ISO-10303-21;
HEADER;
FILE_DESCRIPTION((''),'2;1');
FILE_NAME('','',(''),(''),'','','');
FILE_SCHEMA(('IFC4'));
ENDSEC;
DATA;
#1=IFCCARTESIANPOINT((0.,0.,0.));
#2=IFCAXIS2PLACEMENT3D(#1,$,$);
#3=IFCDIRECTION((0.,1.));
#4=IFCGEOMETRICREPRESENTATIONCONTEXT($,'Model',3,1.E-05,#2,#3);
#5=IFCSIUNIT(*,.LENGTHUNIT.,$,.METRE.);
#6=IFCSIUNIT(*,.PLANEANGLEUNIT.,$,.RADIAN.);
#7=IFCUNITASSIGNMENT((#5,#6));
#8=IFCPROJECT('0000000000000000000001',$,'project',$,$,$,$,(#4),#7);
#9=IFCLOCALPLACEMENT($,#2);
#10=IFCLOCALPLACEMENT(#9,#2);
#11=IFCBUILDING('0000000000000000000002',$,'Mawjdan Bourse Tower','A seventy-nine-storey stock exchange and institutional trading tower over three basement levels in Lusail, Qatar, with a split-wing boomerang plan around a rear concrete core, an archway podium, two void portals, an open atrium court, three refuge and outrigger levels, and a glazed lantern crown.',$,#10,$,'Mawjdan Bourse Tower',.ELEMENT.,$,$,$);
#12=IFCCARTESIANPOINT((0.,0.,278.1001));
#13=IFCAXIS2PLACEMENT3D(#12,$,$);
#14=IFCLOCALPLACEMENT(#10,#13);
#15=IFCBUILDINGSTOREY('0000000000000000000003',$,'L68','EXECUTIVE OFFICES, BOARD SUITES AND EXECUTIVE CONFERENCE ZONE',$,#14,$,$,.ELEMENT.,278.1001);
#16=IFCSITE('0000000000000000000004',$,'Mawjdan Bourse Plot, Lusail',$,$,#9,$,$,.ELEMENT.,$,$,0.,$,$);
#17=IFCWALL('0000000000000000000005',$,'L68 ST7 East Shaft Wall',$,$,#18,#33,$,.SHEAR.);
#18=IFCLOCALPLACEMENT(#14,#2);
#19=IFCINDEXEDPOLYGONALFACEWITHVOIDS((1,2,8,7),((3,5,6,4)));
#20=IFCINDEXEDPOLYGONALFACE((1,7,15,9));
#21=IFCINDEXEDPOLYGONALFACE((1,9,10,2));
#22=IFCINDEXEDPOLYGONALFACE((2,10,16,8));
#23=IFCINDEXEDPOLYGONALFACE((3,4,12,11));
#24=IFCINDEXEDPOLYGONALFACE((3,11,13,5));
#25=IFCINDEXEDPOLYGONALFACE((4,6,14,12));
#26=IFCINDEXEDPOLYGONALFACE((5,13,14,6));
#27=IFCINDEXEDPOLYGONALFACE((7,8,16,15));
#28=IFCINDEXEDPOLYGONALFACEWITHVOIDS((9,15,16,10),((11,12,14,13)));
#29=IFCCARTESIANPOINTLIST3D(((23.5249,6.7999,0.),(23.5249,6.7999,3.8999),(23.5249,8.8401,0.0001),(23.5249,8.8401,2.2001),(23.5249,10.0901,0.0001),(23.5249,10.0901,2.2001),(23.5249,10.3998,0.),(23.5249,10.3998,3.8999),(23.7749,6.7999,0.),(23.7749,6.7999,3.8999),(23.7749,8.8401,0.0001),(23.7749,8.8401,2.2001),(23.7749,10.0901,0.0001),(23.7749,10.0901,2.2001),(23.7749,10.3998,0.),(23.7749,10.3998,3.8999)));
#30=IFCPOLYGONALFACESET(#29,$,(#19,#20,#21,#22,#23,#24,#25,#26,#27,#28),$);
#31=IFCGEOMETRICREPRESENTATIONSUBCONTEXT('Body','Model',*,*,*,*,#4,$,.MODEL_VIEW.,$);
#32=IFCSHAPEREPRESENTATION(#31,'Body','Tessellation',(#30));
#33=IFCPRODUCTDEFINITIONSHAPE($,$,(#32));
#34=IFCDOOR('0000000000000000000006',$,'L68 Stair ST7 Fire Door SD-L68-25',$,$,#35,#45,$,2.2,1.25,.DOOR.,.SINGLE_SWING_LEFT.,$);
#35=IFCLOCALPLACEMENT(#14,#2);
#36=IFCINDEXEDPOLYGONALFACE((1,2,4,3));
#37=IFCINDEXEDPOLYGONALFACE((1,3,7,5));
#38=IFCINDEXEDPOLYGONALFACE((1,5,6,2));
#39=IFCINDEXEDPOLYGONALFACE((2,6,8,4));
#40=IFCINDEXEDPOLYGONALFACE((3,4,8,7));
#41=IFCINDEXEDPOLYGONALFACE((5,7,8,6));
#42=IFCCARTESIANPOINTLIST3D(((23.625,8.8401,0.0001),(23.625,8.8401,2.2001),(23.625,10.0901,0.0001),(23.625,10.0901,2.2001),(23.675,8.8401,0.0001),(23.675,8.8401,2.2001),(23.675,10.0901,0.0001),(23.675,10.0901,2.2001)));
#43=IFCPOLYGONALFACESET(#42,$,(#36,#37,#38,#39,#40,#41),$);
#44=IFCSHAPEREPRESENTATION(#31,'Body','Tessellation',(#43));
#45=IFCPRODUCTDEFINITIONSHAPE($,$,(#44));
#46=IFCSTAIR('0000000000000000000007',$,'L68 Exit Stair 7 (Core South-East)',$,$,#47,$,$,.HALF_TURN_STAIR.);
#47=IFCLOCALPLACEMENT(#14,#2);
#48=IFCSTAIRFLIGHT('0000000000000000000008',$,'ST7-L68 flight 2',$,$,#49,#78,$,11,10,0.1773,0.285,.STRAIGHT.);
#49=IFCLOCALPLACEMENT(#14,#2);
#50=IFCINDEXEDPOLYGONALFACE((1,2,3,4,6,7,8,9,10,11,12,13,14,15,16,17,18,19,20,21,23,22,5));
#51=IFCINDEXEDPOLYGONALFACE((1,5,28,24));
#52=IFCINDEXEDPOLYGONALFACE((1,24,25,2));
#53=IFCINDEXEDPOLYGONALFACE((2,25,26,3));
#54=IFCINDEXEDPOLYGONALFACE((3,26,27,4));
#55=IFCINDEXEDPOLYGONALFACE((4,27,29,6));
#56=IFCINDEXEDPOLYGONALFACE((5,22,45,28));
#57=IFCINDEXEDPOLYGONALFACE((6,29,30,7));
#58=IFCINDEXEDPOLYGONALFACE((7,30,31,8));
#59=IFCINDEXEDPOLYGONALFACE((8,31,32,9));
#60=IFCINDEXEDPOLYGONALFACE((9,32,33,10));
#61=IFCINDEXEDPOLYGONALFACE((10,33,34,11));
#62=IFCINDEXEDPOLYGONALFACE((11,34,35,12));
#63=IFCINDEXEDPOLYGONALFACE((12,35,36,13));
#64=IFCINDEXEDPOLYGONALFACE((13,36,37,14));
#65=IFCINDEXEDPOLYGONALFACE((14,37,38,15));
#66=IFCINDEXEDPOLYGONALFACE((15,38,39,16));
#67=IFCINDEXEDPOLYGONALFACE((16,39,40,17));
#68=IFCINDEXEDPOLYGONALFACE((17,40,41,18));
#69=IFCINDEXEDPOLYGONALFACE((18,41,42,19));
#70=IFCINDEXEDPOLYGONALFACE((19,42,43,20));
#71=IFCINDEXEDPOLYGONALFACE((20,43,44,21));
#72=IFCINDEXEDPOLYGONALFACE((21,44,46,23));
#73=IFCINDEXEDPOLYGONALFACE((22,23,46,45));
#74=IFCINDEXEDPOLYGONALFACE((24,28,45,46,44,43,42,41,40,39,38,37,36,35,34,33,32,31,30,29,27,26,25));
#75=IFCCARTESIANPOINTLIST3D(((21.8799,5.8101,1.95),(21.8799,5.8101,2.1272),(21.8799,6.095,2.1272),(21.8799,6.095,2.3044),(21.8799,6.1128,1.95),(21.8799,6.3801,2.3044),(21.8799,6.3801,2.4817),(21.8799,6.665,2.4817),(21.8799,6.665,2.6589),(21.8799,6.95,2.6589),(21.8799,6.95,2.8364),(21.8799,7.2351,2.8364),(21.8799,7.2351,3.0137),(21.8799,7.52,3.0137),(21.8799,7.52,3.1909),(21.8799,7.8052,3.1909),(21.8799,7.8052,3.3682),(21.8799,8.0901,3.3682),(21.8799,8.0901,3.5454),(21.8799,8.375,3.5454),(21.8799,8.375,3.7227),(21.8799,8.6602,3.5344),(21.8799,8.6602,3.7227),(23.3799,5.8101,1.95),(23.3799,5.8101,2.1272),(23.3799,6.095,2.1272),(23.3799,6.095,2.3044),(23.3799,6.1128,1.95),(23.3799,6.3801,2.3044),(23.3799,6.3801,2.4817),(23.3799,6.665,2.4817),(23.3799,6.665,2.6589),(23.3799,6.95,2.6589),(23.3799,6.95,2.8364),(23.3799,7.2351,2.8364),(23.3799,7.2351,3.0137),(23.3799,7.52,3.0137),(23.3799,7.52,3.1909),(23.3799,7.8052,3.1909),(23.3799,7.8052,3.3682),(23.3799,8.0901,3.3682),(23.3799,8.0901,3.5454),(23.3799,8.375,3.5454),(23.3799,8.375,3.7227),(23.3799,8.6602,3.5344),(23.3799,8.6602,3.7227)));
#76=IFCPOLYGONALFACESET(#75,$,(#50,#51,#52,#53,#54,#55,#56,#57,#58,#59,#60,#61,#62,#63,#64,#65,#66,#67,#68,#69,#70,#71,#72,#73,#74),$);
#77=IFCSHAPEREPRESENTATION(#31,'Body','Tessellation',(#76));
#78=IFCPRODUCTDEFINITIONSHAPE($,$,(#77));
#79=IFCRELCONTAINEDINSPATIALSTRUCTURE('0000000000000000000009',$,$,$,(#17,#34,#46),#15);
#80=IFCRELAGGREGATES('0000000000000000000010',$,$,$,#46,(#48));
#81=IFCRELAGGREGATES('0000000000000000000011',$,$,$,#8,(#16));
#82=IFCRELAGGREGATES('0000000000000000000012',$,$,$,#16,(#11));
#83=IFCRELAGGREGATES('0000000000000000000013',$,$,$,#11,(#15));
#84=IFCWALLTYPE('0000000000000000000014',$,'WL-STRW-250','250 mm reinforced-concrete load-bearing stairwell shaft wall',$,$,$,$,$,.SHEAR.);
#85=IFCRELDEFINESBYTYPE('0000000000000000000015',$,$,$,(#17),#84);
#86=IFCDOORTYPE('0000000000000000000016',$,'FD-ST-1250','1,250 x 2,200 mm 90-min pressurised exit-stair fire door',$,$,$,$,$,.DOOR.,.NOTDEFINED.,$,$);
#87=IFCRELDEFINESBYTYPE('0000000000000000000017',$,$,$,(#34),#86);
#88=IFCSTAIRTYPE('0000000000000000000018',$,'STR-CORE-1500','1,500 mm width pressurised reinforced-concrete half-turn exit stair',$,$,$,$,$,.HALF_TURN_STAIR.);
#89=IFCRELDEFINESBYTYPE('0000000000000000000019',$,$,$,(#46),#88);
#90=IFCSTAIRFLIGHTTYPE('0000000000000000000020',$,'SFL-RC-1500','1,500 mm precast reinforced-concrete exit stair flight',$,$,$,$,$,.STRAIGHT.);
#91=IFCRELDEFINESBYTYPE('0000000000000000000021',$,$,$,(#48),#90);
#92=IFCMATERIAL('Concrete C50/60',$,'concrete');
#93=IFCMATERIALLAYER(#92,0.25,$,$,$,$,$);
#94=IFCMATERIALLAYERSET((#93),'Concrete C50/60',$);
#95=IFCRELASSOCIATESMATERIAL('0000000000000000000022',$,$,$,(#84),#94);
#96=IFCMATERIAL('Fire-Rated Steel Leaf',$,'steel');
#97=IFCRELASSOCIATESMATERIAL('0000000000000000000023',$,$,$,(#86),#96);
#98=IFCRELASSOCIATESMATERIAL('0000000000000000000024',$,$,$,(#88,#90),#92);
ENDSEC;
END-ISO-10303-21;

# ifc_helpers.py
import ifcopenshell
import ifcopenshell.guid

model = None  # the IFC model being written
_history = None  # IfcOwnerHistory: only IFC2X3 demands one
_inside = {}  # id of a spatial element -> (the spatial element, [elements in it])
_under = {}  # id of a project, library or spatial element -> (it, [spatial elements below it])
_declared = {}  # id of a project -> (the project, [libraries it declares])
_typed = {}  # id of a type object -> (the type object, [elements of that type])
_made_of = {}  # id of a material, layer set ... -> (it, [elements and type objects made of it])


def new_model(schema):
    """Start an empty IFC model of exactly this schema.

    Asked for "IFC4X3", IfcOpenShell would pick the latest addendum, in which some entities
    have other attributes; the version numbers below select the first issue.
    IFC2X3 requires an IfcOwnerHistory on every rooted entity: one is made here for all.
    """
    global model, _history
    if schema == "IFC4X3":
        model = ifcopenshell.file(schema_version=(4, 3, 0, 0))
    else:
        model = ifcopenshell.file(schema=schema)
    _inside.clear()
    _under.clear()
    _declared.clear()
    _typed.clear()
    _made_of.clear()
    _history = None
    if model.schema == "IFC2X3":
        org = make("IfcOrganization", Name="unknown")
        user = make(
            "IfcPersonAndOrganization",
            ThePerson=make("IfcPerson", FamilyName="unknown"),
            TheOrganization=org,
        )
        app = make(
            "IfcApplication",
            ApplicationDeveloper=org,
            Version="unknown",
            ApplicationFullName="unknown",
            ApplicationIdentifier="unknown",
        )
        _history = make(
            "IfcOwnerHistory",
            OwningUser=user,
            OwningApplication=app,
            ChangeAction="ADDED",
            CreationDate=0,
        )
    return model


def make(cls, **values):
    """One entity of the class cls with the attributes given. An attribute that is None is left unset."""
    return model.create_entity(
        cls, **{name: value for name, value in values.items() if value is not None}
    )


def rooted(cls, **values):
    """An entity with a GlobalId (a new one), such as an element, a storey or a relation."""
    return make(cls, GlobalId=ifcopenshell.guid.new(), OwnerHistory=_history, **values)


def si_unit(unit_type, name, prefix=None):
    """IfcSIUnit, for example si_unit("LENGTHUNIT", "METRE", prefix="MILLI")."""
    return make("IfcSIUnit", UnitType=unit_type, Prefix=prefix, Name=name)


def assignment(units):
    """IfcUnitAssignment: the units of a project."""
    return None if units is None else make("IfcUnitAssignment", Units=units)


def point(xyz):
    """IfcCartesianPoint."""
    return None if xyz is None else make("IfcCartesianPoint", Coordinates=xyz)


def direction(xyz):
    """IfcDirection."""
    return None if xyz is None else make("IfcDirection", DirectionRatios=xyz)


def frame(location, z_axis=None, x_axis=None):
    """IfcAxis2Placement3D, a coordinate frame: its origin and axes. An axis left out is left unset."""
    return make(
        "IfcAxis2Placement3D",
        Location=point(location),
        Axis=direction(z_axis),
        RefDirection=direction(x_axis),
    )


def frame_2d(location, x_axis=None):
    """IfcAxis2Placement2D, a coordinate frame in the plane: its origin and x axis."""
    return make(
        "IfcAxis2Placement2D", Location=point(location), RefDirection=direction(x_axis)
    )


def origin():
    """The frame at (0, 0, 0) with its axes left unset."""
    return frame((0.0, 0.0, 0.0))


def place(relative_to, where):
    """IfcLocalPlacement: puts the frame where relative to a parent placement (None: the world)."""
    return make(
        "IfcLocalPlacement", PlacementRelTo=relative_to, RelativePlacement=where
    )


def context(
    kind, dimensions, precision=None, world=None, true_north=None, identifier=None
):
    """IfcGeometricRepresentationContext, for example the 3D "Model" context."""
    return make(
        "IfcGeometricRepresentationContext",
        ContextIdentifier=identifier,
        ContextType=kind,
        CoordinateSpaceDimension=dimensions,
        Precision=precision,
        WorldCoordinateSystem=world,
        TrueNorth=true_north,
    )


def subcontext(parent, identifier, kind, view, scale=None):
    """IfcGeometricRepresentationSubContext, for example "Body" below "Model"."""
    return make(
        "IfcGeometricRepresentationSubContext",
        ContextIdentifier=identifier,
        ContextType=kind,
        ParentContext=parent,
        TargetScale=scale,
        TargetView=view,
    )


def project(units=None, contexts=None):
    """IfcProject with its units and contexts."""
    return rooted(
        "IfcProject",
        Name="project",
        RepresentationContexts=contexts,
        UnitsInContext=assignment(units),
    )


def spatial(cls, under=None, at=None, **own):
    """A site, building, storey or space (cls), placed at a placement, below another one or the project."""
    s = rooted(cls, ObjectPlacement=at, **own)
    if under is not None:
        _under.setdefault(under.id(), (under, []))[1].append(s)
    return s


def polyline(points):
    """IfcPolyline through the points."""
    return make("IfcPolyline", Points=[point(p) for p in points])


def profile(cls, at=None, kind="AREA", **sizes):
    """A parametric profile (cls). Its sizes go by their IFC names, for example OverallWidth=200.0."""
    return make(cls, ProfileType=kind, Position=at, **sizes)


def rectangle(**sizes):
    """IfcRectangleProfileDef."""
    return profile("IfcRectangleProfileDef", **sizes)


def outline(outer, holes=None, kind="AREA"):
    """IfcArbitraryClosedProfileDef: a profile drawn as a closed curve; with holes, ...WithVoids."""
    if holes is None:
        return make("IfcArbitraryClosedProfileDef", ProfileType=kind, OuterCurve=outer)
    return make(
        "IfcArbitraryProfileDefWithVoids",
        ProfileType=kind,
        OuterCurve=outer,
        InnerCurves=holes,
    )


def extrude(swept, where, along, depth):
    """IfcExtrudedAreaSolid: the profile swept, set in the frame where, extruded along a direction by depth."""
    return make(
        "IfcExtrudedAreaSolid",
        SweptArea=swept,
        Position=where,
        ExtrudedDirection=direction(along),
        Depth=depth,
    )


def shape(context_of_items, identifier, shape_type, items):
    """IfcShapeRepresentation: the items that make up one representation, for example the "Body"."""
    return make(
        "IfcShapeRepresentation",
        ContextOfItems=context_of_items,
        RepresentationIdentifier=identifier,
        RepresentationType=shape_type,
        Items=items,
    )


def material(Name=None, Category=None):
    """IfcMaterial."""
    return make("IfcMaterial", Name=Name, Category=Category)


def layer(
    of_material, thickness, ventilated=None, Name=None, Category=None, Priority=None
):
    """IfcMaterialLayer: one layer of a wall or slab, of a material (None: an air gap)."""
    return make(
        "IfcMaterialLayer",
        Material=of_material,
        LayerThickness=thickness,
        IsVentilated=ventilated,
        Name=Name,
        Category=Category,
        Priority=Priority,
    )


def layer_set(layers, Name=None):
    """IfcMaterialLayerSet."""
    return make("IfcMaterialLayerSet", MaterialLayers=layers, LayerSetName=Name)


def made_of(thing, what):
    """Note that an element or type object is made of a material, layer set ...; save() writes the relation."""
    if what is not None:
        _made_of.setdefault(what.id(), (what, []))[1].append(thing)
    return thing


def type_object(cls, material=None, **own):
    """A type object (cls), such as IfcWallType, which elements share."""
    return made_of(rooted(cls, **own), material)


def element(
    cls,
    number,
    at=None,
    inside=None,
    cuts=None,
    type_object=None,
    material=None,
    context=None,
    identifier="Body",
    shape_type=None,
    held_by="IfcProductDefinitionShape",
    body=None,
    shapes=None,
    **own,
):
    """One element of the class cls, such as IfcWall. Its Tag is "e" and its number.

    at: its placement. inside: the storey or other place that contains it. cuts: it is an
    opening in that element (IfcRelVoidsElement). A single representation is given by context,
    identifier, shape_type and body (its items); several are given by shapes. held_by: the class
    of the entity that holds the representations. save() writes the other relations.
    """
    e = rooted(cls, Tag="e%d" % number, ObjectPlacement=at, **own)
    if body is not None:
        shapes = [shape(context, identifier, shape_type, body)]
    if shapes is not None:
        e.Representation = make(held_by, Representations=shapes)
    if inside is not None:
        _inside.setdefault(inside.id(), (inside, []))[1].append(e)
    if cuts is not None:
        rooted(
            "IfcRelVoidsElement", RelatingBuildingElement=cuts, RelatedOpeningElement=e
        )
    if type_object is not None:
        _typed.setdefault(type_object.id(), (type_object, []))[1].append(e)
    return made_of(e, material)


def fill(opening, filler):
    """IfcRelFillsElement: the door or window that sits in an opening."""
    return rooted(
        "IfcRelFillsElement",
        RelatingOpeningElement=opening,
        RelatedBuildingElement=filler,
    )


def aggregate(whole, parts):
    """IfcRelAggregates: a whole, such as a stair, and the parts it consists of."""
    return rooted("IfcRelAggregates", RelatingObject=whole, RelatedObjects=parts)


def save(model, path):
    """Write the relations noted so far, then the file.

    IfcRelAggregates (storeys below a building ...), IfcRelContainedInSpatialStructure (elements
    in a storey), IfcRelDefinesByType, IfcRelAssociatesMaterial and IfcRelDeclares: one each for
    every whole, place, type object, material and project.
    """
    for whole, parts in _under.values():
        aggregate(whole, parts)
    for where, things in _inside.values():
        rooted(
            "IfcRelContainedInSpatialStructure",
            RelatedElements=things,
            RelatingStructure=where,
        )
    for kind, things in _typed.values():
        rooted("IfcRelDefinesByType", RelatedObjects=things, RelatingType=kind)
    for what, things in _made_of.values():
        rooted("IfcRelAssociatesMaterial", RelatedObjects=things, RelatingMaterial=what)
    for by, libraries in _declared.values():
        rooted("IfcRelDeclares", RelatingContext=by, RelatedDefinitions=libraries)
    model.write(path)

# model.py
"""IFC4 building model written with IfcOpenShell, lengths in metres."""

from ifc_helpers import new_model, si_unit, direction, frame, frame_2d, origin, place, context, subcontext, project, spatial, polyline, rectangle, outline, extrude, material, layer, layer_set, type_object, element, fill, aggregate, save


model = new_model("IFC4")

# Units and contexts
model_context = context("Model", 3, precision=1e-05, world=origin(), true_north=direction((0.0, 1.0)))
body_context = subcontext(model_context, "Body", "Model", "MODEL_VIEW")
ifc_project = project(units=[si_unit("LENGTHUNIT", "METRE"), si_unit("PLANEANGLEUNIT", "RADIAN")], contexts=[model_context])

# Site, building, storey
site_placement = place(None, origin())
site = spatial("IfcSite", under=ifc_project, at=site_placement, Name="Mawjdan Bourse Plot, Lusail", CompositionType="ELEMENT", RefElevation=0.0)
building_placement = place(site_placement, origin())
building = spatial("IfcBuilding", under=site, at=building_placement, Name="Mawjdan Bourse Tower", Description="A seventy-nine-storey stock exchange and institutional trading tower over three basement levels in Lusail, Qatar, with a split-wing boomerang plan around a rear concrete core, an archway podium, two void portals, an open atrium court, three refuge and outrigger levels, and a glazed lantern crown.", LongName="Mawjdan Bourse Tower", CompositionType="ELEMENT")
storey_placement = place(building_placement, frame((0.0, 0.0, 278.1001)))
storey = spatial("IfcBuildingStorey", under=building, at=storey_placement, Name="L68", Description="EXECUTIVE OFFICES, BOARD SUITES AND EXECUTIVE CONFERENCE ZONE", CompositionType="ELEMENT", Elevation=278.1001)

# Wall, opening, door
ifc_material_1 = material(Name="Concrete C50/60", Category="concrete")
ifc_layer_1 = layer(ifc_material_1, 0.25)
ifc_layer_set_1 = layer_set([ifc_layer_1], Name="Concrete C50/60")
wall_type_1 = type_object("IfcWallType", Name="WL-STRW-250", Description="250 mm reinforced-concrete load-bearing stairwell shaft wall", PredefinedType="SHEAR", material=ifc_layer_set_1)
wall_1_placement = place(storey_placement, frame((23.6499, 6.8, 0.0), z_axis=(0.0, 0.0, 1.0), x_axis=(0.0, 1.0, 0.0)))
wall_1 = element("IfcWall", 1, at=wall_1_placement, inside=storey, type_object=wall_type_1, Name="L68 ST7 East Shaft Wall", PredefinedType="SHEAR", context=body_context, shape_type="SweptSolid", body=[
    extrude(rectangle(XDim=3.5999, YDim=0.25, at=frame_2d((1.7998, 0.0))), origin(), (0.0, 0.0, 1.0), 3.8999),
])
opening_1_placement = place(wall_1_placement, frame((2.04, 0.0, 0.0)))
opening_1 = element("IfcOpeningElement", 2, at=opening_1_placement, cuts=wall_1, PredefinedType="OPENING", context=body_context, shape_type="SweptSolid", body=[
    extrude(rectangle(XDim=1.25, YDim=2.2, at=frame_2d((0.625, 1.1001))), frame((0.0, 0.135, 0.0), z_axis=(0.0, -1.0, 0.0), x_axis=(1.0, 0.0, 0.0)), (0.0, 0.0, 1.0), 0.27),
])
ifc_material_2 = material(Name="Fire-Rated Steel Leaf", Category="steel")
door_type_1 = type_object("IfcDoorType", Name="FD-ST-1250", Description="1,250 x 2,200 mm 90-min pressurised exit-stair fire door", OperationType="NOTDEFINED", PredefinedType="DOOR", material=ifc_material_2)
door_1_placement = place(opening_1_placement, origin())
door_1 = element("IfcDoor", 3, at=door_1_placement, inside=storey, type_object=door_type_1, Name="L68 Stair ST7 Fire Door SD-L68-25", OperationType="SINGLE_SWING_LEFT", OverallHeight=2.2, OverallWidth=1.25, PredefinedType="DOOR", context=body_context, shape_type="SweptSolid", body=[
    extrude(rectangle(XDim=1.25, YDim=2.2, at=frame_2d((0.625, 1.1001))), frame((0.0, 0.0249, 0.0), z_axis=(0.0, -1.0, 0.0), x_axis=(1.0, 0.0, 0.0)), (0.0, 0.0, 1.0), 0.05),
])
fill(opening_1, door_1)

# Stair, stair flight
stair_type = type_object("IfcStairType", Name="STR-CORE-1500", Description="1,500 mm width pressurised reinforced-concrete half-turn exit stair", PredefinedType="HALF_TURN_STAIR", material=ifc_material_1)
stair_placement = place(storey_placement, origin())
stair = element("IfcStair", 4, at=stair_placement, inside=storey, type_object=stair_type, Name="L68 Exit Stair 7 (Core South-East)", PredefinedType="HALF_TURN_STAIR")
stair_flight_type = type_object("IfcStairFlightType", Name="SFL-RC-1500", Description="1,500 mm precast reinforced-concrete exit stair flight", PredefinedType="STRAIGHT", material=ifc_material_1)
stair_flight_placement = place(storey_placement, frame((22.6299, 5.8101, 1.95), z_axis=(0.0, 0.0, 1.0), x_axis=(0.0, 1.0, 0.0)))
stair_flight = element("IfcStairFlight", 5, at=stair_flight_placement, type_object=stair_flight_type, Name="ST7-L68 flight 2", NumberOfRisers=11, NumberOfTreads=10, PredefinedType="STRAIGHT", RiserHeight=0.1773, TreadLength=0.285, context=body_context, shape_type="SweptSolid", body=[
    extrude(outline(polyline([(0.0, 0.0), (0.0, 0.1772), (0.2849, 0.1772), (0.2849, 0.3545), (0.5701, 0.3545), (0.5701, 0.5317), (0.855, 0.5317), (0.855, 0.709), (1.1399, 0.709), (1.1399, 0.8865), (1.425, 0.8865), (1.425, 1.0637), (1.71, 1.0637), (1.71, 1.241), (1.9951, 1.241), (1.9951, 1.4182), (2.28, 1.4182), (2.28, 1.5955), (2.5649, 1.5955), (2.5649, 1.7727), (2.8501, 1.7727), (2.8501, 1.95), (2.8501, 1.5845), (0.3027, 0.0), (0.0, 0.0)])), frame((0.0, 0.75, 0.0), z_axis=(0.0, -1.0, 0.0), x_axis=(1.0, 0.0, 0.0)), (0.0, 0.0, 1.0), 1.5),
])
aggregate(stair, [stair_flight])

save(model, "model.ifc")
